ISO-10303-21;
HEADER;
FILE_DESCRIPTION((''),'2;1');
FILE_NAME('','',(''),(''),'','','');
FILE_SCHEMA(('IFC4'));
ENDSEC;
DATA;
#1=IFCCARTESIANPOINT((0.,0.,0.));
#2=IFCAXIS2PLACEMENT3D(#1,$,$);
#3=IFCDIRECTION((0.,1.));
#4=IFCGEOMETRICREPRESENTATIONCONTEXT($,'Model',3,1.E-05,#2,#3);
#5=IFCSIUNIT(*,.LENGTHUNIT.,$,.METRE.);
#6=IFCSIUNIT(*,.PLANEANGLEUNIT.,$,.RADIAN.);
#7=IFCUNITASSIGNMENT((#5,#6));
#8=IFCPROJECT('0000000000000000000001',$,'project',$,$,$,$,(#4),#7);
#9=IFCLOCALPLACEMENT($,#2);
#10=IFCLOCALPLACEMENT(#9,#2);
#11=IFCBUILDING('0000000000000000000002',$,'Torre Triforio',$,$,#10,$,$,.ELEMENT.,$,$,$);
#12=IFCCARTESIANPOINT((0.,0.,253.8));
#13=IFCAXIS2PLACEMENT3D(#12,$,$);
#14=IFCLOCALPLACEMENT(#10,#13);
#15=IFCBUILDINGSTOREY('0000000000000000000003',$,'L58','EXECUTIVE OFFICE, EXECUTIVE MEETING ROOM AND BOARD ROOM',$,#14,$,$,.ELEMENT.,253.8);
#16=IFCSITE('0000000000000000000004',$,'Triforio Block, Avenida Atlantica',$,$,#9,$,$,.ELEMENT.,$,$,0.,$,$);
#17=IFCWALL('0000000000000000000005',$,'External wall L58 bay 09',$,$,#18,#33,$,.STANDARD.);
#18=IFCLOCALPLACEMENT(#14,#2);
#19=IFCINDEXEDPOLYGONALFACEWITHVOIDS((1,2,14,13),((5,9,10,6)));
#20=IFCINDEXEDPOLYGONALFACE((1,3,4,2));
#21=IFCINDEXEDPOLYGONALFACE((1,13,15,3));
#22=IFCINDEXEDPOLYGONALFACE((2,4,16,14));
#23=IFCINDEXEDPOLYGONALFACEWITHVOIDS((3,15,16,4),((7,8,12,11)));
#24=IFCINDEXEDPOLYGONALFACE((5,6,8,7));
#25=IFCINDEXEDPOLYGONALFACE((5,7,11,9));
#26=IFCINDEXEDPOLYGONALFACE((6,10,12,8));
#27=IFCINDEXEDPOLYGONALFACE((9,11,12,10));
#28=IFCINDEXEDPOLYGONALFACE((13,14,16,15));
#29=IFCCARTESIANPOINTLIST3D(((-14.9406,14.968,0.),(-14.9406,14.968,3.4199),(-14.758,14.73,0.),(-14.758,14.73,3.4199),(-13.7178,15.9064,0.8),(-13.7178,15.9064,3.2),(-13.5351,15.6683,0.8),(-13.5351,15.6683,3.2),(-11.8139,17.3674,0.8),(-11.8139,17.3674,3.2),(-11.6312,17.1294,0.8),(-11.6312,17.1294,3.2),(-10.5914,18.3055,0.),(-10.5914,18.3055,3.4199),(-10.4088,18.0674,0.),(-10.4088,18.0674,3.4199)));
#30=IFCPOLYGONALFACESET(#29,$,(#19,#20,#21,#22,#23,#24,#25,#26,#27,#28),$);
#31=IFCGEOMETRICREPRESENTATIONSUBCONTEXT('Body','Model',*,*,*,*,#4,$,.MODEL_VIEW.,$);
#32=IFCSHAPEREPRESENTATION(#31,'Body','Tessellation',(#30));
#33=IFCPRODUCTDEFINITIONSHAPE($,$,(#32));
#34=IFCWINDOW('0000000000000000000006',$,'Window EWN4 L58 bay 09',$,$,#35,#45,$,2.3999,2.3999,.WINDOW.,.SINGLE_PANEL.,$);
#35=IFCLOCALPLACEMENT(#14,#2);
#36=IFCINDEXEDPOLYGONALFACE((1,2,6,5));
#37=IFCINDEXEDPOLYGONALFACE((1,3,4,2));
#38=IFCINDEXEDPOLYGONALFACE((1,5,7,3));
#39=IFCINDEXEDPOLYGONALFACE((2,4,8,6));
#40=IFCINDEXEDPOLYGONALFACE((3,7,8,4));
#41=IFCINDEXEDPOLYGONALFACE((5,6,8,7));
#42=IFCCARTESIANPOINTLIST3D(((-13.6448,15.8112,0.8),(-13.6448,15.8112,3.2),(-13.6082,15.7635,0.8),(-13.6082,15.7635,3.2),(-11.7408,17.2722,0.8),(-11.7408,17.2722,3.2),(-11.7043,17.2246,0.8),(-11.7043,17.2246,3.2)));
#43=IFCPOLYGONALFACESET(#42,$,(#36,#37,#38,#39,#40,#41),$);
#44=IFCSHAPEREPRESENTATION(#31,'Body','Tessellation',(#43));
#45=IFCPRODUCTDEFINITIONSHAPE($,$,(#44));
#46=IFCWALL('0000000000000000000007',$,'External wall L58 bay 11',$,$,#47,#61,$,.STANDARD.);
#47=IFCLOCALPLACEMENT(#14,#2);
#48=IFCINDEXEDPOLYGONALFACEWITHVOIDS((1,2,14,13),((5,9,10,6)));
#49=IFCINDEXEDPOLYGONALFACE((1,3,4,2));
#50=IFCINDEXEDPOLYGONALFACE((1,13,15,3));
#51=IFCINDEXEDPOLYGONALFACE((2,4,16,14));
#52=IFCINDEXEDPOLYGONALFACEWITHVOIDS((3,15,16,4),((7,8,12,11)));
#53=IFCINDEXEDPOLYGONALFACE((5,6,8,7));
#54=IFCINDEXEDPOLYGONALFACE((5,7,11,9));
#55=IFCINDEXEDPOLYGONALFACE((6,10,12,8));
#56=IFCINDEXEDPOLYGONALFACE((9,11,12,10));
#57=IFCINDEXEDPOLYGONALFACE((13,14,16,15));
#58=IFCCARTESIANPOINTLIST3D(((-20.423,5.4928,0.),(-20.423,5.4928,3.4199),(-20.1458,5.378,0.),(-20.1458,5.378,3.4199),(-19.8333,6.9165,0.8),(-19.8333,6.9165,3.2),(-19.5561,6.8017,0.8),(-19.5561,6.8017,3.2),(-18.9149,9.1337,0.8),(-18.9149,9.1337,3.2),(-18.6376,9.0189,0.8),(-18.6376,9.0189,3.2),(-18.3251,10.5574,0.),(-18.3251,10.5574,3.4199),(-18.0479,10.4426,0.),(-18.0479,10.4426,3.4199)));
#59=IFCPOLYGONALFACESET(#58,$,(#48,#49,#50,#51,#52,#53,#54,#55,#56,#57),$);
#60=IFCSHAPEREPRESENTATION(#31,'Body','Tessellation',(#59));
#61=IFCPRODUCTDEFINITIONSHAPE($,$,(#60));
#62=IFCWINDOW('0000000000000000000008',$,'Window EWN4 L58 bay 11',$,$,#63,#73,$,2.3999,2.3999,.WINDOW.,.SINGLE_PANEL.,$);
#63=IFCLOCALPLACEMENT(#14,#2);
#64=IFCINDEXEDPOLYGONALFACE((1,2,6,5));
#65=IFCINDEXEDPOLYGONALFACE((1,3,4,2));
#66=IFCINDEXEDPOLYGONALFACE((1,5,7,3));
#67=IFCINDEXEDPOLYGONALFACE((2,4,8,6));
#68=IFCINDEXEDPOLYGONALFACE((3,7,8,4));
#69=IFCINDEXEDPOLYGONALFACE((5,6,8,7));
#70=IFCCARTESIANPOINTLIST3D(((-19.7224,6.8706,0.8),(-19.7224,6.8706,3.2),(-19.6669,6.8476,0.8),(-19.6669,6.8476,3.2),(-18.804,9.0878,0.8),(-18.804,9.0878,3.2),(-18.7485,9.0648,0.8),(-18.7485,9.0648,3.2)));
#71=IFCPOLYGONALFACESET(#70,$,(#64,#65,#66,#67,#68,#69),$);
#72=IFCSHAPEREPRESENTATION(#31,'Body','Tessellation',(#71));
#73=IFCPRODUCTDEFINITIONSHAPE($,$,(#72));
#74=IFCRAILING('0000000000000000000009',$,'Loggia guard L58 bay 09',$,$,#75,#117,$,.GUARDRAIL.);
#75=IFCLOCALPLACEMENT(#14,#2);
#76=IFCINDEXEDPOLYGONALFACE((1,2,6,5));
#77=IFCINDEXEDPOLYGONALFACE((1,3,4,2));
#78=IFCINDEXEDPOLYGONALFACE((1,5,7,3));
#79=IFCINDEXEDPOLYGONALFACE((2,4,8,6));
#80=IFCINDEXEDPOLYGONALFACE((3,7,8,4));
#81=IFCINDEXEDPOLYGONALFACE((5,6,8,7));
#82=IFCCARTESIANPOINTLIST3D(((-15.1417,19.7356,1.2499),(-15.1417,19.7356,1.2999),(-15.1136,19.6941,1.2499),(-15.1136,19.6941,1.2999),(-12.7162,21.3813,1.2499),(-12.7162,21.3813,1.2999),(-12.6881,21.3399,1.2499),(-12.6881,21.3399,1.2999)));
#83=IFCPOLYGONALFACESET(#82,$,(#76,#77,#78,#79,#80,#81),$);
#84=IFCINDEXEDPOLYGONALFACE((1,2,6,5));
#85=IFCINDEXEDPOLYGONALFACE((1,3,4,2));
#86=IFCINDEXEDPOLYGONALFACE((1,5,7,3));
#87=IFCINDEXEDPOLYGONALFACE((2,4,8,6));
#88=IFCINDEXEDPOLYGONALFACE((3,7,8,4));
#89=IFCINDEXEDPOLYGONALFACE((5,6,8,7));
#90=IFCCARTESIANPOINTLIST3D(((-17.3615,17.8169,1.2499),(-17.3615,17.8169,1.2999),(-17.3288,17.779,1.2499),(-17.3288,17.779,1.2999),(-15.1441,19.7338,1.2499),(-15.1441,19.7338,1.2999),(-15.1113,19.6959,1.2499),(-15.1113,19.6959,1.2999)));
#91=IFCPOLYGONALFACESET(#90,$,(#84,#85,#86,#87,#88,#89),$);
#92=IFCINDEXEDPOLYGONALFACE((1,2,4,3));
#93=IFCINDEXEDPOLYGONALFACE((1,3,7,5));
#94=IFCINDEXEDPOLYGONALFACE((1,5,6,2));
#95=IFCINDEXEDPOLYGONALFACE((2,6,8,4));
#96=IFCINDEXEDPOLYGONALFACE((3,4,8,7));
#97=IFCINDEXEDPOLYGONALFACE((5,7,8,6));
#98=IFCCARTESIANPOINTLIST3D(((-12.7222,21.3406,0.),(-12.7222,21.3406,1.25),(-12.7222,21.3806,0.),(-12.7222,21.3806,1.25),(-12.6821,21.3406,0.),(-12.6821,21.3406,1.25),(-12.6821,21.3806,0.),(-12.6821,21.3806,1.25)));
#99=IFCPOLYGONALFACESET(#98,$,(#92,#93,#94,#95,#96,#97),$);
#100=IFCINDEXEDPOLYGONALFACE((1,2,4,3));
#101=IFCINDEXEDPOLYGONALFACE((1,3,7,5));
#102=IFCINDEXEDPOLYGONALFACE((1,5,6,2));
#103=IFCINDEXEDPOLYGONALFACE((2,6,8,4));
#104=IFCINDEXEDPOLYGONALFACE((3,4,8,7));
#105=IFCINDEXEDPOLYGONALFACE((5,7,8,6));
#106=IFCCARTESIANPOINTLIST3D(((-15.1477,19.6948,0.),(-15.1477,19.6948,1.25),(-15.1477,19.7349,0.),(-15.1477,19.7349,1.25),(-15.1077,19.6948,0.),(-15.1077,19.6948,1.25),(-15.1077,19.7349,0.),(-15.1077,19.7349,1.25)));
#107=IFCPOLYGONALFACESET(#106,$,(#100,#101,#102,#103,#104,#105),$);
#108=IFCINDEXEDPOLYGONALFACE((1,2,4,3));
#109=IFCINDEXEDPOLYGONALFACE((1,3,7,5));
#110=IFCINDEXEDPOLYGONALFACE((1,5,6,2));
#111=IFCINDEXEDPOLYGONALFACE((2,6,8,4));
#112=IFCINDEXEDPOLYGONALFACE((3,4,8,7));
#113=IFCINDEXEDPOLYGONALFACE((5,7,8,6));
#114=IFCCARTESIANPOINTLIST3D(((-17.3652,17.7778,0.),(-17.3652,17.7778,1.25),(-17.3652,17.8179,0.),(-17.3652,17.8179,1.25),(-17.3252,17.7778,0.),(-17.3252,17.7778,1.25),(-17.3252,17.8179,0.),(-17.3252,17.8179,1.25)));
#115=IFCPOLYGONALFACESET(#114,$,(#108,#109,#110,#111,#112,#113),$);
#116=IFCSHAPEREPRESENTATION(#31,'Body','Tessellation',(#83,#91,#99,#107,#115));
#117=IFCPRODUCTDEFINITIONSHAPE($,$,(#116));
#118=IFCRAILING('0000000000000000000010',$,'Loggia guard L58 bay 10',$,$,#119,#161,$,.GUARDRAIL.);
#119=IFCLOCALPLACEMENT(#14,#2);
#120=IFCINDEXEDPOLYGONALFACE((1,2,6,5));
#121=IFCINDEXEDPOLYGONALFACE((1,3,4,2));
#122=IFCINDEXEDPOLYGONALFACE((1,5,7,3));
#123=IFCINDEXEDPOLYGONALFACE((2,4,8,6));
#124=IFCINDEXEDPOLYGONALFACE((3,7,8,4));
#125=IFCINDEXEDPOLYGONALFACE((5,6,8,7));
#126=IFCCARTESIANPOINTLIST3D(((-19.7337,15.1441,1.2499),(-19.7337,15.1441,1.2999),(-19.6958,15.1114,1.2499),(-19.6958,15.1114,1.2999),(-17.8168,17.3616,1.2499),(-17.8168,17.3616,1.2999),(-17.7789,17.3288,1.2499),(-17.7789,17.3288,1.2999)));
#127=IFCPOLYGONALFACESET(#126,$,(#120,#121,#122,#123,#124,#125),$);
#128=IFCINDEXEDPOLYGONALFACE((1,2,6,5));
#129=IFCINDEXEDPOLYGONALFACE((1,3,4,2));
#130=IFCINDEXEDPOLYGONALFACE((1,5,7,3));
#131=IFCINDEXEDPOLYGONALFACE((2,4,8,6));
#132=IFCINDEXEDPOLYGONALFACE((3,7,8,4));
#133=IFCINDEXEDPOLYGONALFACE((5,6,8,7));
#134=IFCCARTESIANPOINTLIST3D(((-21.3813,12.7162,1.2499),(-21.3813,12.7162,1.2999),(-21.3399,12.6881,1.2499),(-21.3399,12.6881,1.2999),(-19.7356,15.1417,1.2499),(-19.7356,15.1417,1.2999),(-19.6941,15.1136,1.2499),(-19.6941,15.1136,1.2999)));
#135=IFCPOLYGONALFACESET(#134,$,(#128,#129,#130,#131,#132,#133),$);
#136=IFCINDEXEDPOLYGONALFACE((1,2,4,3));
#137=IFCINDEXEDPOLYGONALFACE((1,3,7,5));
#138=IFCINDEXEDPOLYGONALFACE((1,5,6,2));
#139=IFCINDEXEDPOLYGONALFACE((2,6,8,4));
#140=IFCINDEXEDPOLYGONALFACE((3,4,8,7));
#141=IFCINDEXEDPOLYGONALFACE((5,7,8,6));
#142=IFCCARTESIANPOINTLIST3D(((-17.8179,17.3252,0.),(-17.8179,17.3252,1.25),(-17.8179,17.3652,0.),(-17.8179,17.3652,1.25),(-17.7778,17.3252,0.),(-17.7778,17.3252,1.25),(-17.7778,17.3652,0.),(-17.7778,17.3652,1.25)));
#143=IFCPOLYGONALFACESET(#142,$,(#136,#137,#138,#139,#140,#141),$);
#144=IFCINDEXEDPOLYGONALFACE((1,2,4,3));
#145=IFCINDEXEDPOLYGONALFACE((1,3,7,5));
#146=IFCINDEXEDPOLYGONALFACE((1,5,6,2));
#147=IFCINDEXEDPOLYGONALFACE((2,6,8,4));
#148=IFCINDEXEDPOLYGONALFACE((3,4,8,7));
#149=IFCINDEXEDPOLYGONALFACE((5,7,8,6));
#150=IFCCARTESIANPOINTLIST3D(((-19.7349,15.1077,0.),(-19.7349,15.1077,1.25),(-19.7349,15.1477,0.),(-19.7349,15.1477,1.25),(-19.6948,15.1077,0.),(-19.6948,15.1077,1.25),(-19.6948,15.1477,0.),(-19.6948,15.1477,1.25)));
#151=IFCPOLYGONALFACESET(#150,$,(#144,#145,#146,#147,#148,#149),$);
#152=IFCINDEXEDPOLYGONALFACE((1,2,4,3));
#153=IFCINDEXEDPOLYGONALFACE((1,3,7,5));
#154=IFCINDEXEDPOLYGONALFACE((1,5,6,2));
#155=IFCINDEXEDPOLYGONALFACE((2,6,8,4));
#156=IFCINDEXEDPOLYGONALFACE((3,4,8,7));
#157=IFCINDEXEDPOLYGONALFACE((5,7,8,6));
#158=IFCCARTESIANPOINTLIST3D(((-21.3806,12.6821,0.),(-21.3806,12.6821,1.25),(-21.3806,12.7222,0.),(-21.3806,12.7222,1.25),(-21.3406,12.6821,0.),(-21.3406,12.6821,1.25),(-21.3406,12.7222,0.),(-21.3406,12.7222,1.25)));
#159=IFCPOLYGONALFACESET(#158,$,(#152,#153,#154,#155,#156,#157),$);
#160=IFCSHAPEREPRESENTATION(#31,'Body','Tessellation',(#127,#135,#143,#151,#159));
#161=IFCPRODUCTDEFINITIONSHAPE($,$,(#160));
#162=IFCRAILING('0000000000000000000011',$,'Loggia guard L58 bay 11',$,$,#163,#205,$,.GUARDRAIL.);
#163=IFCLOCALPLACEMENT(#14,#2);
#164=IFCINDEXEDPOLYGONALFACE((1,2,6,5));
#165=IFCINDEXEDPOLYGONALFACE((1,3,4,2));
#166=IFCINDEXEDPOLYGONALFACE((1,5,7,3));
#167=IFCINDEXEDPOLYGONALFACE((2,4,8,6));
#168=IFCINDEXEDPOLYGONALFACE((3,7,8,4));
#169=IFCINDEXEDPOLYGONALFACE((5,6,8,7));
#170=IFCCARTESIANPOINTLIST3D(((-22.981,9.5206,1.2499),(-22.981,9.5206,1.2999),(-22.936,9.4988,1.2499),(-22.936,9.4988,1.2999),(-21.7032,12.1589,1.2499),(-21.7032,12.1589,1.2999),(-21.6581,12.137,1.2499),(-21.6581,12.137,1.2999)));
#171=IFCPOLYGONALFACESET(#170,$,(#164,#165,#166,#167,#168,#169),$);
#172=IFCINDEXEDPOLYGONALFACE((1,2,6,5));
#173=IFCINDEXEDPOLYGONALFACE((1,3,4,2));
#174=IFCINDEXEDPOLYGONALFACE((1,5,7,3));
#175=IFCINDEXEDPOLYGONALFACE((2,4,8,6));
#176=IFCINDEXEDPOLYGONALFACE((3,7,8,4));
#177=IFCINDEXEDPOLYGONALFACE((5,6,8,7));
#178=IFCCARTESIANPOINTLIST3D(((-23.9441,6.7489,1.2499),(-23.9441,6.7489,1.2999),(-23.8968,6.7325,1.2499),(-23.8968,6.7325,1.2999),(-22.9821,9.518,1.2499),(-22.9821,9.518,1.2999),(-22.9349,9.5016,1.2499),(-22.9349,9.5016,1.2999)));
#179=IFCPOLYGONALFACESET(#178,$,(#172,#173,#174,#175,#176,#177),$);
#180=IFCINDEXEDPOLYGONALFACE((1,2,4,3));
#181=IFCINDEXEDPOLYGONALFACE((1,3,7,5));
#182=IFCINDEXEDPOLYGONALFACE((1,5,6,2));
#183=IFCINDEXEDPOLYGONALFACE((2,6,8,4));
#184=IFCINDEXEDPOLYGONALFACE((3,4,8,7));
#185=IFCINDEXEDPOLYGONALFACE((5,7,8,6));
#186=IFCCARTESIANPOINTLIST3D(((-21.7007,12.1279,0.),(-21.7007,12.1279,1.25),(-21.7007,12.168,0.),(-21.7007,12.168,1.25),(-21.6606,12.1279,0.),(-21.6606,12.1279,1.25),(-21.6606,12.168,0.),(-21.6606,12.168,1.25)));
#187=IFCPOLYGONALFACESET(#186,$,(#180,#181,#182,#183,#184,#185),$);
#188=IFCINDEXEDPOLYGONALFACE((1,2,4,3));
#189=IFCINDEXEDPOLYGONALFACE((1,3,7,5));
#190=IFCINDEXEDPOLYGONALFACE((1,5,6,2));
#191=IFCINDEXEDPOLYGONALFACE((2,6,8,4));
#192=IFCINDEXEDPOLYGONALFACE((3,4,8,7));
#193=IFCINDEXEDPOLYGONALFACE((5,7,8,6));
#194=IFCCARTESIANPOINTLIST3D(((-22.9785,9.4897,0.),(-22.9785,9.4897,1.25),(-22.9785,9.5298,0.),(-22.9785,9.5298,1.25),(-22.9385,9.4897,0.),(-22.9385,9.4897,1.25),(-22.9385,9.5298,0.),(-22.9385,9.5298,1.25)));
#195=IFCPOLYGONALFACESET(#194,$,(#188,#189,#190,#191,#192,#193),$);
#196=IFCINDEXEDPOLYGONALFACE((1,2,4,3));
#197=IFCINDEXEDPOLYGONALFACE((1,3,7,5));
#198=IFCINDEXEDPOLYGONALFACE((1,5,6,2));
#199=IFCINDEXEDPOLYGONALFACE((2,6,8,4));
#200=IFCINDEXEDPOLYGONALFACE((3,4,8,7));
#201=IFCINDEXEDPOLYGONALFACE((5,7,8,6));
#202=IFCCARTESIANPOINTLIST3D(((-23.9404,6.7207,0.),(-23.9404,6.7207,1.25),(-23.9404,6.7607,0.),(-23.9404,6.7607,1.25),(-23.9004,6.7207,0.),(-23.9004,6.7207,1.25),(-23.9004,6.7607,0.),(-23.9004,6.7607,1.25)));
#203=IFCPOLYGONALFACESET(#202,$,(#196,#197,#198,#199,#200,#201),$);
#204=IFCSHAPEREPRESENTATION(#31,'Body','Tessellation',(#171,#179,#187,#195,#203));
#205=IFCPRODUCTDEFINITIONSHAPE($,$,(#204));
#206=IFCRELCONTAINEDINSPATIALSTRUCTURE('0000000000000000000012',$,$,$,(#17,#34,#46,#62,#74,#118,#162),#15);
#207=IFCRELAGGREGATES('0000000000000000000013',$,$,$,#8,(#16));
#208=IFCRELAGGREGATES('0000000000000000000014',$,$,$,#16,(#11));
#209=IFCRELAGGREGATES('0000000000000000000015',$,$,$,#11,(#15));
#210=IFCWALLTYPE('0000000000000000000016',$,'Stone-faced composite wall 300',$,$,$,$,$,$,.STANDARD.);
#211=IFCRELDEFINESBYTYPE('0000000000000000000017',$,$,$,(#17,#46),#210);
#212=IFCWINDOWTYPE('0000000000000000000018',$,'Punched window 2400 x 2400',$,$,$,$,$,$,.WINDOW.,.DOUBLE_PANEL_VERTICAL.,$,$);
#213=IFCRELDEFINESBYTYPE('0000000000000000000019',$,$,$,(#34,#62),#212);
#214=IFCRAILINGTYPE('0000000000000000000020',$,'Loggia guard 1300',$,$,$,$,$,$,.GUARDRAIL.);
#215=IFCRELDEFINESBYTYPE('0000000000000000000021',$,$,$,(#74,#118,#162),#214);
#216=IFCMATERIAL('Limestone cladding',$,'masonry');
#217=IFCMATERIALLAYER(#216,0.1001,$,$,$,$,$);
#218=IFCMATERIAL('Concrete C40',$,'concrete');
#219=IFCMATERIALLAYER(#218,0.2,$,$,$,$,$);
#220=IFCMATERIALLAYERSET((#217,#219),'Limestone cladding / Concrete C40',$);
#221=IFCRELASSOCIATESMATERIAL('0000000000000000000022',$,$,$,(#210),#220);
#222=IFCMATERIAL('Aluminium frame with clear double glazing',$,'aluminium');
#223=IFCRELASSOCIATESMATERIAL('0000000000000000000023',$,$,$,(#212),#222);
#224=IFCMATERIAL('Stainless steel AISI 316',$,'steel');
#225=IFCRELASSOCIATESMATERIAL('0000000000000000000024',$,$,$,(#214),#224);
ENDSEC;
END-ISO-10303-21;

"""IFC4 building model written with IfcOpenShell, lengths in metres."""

from ifc_helpers import new_model, si_unit, direction, frame, frame_2d, origin, origin_2d, place, context, subcontext, project, spatial, rectangle, extrude, material, layer, layer_set, type_object, element, fill, save


model = new_model("IFC4")

# Units and contexts
model_context = context("Model", 3, precision=1e-05, world=origin(), true_north=direction((0.0, 1.0)))
body_context = subcontext(model_context, "Body", "Model", "MODEL_VIEW")
ifc_project = project(units=[si_unit("LENGTHUNIT", "METRE"), si_unit("PLANEANGLEUNIT", "RADIAN")], contexts=[model_context])

# Site, building, storey
site_placement = place(None, origin())
site = spatial("IfcSite", under=ifc_project, at=site_placement, Name="Triforio Block, Avenida Atlantica", CompositionType="ELEMENT", RefElevation=0.0)
building_placement = place(site_placement, origin())
building = spatial("IfcBuilding", under=site, at=building_placement, Name="Torre Triforio", CompositionType="ELEMENT")
storey_placement = place(building_placement, frame((0.0, 0.0, 253.8)))
storey = spatial("IfcBuildingStorey", under=building, at=storey_placement, Name="L58", Description="EXECUTIVE OFFICE, EXECUTIVE MEETING ROOM AND BOARD ROOM", CompositionType="ELEMENT", Elevation=253.8)

# Shared definitions
ifc_material_1 = material(Name="Concrete C40", Category="concrete")

# Shared definitions
ifc_material_2 = material(Name="Limestone cladding", Category="masonry")

# Wall, opening, window
ifc_layer_1 = layer(ifc_material_2, 0.1001)
ifc_layer_2 = layer(ifc_material_1, 0.2)
ifc_layer_set_1 = layer_set([ifc_layer_1, ifc_layer_2], Name="Limestone cladding / Concrete C40")
wall_type_1 = type_object("IfcWallType", Name="Stone-faced composite wall 300", PredefinedType="STANDARD", material=ifc_layer_set_1)
wall_1_placement = place(storey_placement, frame((-10.5, 18.1865, 0.0), z_axis=(0.0, 0.0, 1.0), x_axis=(-0.793335, -0.608785, 0.0)))
wall_1 = element("IfcWall", 1, at=wall_1_placement, inside=storey, type_object=wall_type_1, Name="External wall L58 bay 09", PredefinedType="STANDARD", context=body_context, shape_type="SweptSolid", body=[
    extrude(rectangle(XDim=5.4822, YDim=0.3, at=frame_2d((2.7412, 0.0))), origin(), (0.0, 0.0, 1.0), 3.4199),
])
opening_1_placement = place(wall_1_placement, frame((1.541, 0.0, 0.8)))
opening_1 = element("IfcOpeningElement", 2, at=opening_1_placement, cuts=wall_1, PredefinedType="OPENING", context=body_context, shape_type="SweptSolid", body=[
    extrude(rectangle(XDim=2.3999, YDim=2.3999, at=frame_2d((1.2, 1.2))), frame((0.0, 0.1599, 0.0), z_axis=(0.0, -1.0, 0.0), x_axis=(1.0, 0.0, 0.0)), (0.0, 0.0, 1.0), 0.3201),
])
ifc_material_3 = material(Name="Aluminium frame with clear double glazing", Category="aluminium")
window_type_1 = type_object("IfcWindowType", Name="Punched window 2400 x 2400", PartitioningType="DOUBLE_PANEL_VERTICAL", PredefinedType="WINDOW", material=ifc_material_3)
window_1_placement = place(opening_1_placement, origin())
window_1 = element("IfcWindow", 3, at=window_1_placement, inside=storey, type_object=window_type_1, Name="Window EWN4 L58 bay 09", OverallHeight=2.3999, OverallWidth=2.3999, PartitioningType="SINGLE_PANEL", PredefinedType="WINDOW", context=body_context, shape_type="SweptSolid", body=[
    extrude(rectangle(XDim=2.3999, YDim=2.3999, at=frame_2d((1.2, 1.2))), frame((0.0, 0.03, 0.0), z_axis=(0.0, -1.0, 0.0), x_axis=(1.0, 0.0, 0.0)), (0.0, 0.0, 1.0), 0.0601),
])
fill(opening_1, window_1)

# Wall, opening, window
wall_2_placement = place(storey_placement, frame((-18.1865, 10.5, 0.0), z_axis=(0.0, 0.0, 1.0), x_axis=(-0.382689, -0.923877, 0.0)))
wall_2 = element("IfcWall", 4, at=wall_2_placement, inside=storey, type_object=wall_type_1, Name="External wall L58 bay 11", PredefinedType="STANDARD", context=body_context, shape_type="SweptSolid", body=[
    extrude(rectangle(XDim=5.4819, YDim=0.3, at=frame_2d((2.741, 0.0))), origin(), (0.0, 0.0, 1.0), 3.4199),
])
opening_2_placement = place(wall_2_placement, frame((1.541, 0.0, 0.8)))
opening_2 = element("IfcOpeningElement", 5, at=opening_2_placement, cuts=wall_2, PredefinedType="OPENING", context=body_context, shape_type="SweptSolid", body=[
    extrude(rectangle(XDim=2.3999, YDim=2.3999, at=frame_2d((1.2, 1.2))), frame((0.0, 0.1599, 0.0), z_axis=(0.0, -1.0, 0.0), x_axis=(1.0, 0.0, 0.0)), (0.0, 0.0, 1.0), 0.3201),
])
window_2_placement = place(opening_2_placement, origin())
window_2 = element("IfcWindow", 6, at=window_2_placement, inside=storey, type_object=window_type_1, Name="Window EWN4 L58 bay 11", OverallHeight=2.3999, OverallWidth=2.3999, PartitioningType="SINGLE_PANEL", PredefinedType="WINDOW", context=body_context, shape_type="SweptSolid", body=[
    extrude(rectangle(XDim=2.3999, YDim=2.3999, at=frame_2d((1.2, 1.2))), frame((0.0, 0.03, 0.0), z_axis=(0.0, -1.0, 0.0), x_axis=(1.0, 0.0, 0.0)), (0.0, 0.0, 1.0), 0.0601),
])
fill(opening_2, window_2)

# Railings
ifc_material_4 = material(Name="Stainless steel AISI 316", Category="steel")
railing_type = type_object("IfcRailingType", Name="Loggia guard 1300", PredefinedType="GUARDRAIL", material=ifc_material_4)
railing_1_placement = place(storey_placement, frame((-12.7021, 21.3606, 0.0)))
element("IfcRailing", 7, at=railing_1_placement, inside=storey, type_object=railing_type, Name="Loggia guard L58 bay 09", PredefinedType="GUARDRAIL", context=body_context, shape_type="SweptSolid", body=[
    extrude(rectangle(XDim=0.05, YDim=0.05, at=origin_2d()), frame((0.0, 0.0, 1.2749), z_axis=(-0.827499, -0.561467, 0.0), x_axis=(0.561467, -0.827499, 0.0)), (0.0, 0.0, 1.0), 2.9312),
    extrude(rectangle(XDim=0.05, YDim=0.05, at=origin_2d()), frame((-2.4255, -1.6458, 1.2749), z_axis=(-0.75651, -0.653982, 0.0), x_axis=(0.653982, -0.75651, 0.0)), (0.0, 0.0, 1.0), 2.9312),
    extrude(rectangle(XDim=0.04, YDim=0.04, at=origin_2d()), origin(), (0.0, 0.0, 1.0), 1.25),
    extrude(rectangle(XDim=0.04, YDim=0.04, at=origin_2d()), frame((-2.4255, -1.6458, 0.0)), (0.0, 0.0, 1.0), 1.25),
    extrude(rectangle(XDim=0.04, YDim=0.04, at=origin_2d()), frame((-4.6431, -3.5627, 0.0)), (0.0, 0.0, 1.0), 1.25),
])
railing_2_placement = place(storey_placement, frame((-17.7979, 17.3452, 0.0)))
element("IfcRailing", 8, at=railing_2_placement, inside=storey, type_object=railing_type, Name="Loggia guard L58 bay 10", PredefinedType="GUARDRAIL", context=body_context, shape_type="SweptSolid", body=[
    extrude(rectangle(XDim=0.05, YDim=0.05, at=origin_2d()), frame((0.0, 0.0, 1.2749), z_axis=(-0.653982, -0.75651, 0.0), x_axis=(0.75651, -0.653982, 0.0)), (0.0, 0.0, 1.0), 2.9312),
    extrude(rectangle(XDim=0.05, YDim=0.05, at=origin_2d()), frame((-1.917, -2.2175, 1.2749), z_axis=(-0.561467, -0.827499, 0.0), x_axis=(0.827499, -0.561467, 0.0)), (0.0, 0.0, 1.0), 2.9312),
    extrude(rectangle(XDim=0.04, YDim=0.04, at=origin_2d()), origin(), (0.0, 0.0, 1.0), 1.25),
    extrude(rectangle(XDim=0.04, YDim=0.04, at=origin_2d()), frame((-1.917, -2.2175, 0.0)), (0.0, 0.0, 1.0), 1.25),
    extrude(rectangle(XDim=0.04, YDim=0.04, at=origin_2d()), frame((-3.5627, -4.6431, 0.0)), (0.0, 0.0, 1.0), 1.25),
])
railing_3_placement = place(storey_placement, frame((-21.6807, 12.1479, 0.0)))
element("IfcRailing", 9, at=railing_3_placement, inside=storey, type_object=railing_type, Name="Loggia guard L58 bay 11", PredefinedType="GUARDRAIL", context=body_context, shape_type="SweptSolid", body=[
    extrude(rectangle(XDim=0.05, YDim=0.05, at=origin_2d()), frame((0.0, 0.0, 1.2749), z_axis=(-0.435918, -0.899986, 0.0), x_axis=(0.899986, -0.435918, 0.0)), (0.0, 0.0, 1.0), 2.9314),
    extrude(rectangle(XDim=0.05, YDim=0.05, at=origin_2d()), frame((-1.2778, -2.6382, 1.2749), z_axis=(-0.328146, -0.944627, 0.0), x_axis=(0.944627, -0.328146, 0.0)), (0.0, 0.0, 1.0), 2.9314),
    extrude(rectangle(XDim=0.04, YDim=0.04, at=origin_2d()), origin(), (0.0, 0.0, 1.0), 1.25),
    extrude(rectangle(XDim=0.04, YDim=0.04, at=origin_2d()), frame((-1.2778, -2.6382, 0.0)), (0.0, 0.0, 1.0), 1.25),
    extrude(rectangle(XDim=0.04, YDim=0.04, at=origin_2d()), frame((-2.2397, -5.4072, 0.0)), (0.0, 0.0, 1.0), 1.25),
])

save(model, "model.ifc")
